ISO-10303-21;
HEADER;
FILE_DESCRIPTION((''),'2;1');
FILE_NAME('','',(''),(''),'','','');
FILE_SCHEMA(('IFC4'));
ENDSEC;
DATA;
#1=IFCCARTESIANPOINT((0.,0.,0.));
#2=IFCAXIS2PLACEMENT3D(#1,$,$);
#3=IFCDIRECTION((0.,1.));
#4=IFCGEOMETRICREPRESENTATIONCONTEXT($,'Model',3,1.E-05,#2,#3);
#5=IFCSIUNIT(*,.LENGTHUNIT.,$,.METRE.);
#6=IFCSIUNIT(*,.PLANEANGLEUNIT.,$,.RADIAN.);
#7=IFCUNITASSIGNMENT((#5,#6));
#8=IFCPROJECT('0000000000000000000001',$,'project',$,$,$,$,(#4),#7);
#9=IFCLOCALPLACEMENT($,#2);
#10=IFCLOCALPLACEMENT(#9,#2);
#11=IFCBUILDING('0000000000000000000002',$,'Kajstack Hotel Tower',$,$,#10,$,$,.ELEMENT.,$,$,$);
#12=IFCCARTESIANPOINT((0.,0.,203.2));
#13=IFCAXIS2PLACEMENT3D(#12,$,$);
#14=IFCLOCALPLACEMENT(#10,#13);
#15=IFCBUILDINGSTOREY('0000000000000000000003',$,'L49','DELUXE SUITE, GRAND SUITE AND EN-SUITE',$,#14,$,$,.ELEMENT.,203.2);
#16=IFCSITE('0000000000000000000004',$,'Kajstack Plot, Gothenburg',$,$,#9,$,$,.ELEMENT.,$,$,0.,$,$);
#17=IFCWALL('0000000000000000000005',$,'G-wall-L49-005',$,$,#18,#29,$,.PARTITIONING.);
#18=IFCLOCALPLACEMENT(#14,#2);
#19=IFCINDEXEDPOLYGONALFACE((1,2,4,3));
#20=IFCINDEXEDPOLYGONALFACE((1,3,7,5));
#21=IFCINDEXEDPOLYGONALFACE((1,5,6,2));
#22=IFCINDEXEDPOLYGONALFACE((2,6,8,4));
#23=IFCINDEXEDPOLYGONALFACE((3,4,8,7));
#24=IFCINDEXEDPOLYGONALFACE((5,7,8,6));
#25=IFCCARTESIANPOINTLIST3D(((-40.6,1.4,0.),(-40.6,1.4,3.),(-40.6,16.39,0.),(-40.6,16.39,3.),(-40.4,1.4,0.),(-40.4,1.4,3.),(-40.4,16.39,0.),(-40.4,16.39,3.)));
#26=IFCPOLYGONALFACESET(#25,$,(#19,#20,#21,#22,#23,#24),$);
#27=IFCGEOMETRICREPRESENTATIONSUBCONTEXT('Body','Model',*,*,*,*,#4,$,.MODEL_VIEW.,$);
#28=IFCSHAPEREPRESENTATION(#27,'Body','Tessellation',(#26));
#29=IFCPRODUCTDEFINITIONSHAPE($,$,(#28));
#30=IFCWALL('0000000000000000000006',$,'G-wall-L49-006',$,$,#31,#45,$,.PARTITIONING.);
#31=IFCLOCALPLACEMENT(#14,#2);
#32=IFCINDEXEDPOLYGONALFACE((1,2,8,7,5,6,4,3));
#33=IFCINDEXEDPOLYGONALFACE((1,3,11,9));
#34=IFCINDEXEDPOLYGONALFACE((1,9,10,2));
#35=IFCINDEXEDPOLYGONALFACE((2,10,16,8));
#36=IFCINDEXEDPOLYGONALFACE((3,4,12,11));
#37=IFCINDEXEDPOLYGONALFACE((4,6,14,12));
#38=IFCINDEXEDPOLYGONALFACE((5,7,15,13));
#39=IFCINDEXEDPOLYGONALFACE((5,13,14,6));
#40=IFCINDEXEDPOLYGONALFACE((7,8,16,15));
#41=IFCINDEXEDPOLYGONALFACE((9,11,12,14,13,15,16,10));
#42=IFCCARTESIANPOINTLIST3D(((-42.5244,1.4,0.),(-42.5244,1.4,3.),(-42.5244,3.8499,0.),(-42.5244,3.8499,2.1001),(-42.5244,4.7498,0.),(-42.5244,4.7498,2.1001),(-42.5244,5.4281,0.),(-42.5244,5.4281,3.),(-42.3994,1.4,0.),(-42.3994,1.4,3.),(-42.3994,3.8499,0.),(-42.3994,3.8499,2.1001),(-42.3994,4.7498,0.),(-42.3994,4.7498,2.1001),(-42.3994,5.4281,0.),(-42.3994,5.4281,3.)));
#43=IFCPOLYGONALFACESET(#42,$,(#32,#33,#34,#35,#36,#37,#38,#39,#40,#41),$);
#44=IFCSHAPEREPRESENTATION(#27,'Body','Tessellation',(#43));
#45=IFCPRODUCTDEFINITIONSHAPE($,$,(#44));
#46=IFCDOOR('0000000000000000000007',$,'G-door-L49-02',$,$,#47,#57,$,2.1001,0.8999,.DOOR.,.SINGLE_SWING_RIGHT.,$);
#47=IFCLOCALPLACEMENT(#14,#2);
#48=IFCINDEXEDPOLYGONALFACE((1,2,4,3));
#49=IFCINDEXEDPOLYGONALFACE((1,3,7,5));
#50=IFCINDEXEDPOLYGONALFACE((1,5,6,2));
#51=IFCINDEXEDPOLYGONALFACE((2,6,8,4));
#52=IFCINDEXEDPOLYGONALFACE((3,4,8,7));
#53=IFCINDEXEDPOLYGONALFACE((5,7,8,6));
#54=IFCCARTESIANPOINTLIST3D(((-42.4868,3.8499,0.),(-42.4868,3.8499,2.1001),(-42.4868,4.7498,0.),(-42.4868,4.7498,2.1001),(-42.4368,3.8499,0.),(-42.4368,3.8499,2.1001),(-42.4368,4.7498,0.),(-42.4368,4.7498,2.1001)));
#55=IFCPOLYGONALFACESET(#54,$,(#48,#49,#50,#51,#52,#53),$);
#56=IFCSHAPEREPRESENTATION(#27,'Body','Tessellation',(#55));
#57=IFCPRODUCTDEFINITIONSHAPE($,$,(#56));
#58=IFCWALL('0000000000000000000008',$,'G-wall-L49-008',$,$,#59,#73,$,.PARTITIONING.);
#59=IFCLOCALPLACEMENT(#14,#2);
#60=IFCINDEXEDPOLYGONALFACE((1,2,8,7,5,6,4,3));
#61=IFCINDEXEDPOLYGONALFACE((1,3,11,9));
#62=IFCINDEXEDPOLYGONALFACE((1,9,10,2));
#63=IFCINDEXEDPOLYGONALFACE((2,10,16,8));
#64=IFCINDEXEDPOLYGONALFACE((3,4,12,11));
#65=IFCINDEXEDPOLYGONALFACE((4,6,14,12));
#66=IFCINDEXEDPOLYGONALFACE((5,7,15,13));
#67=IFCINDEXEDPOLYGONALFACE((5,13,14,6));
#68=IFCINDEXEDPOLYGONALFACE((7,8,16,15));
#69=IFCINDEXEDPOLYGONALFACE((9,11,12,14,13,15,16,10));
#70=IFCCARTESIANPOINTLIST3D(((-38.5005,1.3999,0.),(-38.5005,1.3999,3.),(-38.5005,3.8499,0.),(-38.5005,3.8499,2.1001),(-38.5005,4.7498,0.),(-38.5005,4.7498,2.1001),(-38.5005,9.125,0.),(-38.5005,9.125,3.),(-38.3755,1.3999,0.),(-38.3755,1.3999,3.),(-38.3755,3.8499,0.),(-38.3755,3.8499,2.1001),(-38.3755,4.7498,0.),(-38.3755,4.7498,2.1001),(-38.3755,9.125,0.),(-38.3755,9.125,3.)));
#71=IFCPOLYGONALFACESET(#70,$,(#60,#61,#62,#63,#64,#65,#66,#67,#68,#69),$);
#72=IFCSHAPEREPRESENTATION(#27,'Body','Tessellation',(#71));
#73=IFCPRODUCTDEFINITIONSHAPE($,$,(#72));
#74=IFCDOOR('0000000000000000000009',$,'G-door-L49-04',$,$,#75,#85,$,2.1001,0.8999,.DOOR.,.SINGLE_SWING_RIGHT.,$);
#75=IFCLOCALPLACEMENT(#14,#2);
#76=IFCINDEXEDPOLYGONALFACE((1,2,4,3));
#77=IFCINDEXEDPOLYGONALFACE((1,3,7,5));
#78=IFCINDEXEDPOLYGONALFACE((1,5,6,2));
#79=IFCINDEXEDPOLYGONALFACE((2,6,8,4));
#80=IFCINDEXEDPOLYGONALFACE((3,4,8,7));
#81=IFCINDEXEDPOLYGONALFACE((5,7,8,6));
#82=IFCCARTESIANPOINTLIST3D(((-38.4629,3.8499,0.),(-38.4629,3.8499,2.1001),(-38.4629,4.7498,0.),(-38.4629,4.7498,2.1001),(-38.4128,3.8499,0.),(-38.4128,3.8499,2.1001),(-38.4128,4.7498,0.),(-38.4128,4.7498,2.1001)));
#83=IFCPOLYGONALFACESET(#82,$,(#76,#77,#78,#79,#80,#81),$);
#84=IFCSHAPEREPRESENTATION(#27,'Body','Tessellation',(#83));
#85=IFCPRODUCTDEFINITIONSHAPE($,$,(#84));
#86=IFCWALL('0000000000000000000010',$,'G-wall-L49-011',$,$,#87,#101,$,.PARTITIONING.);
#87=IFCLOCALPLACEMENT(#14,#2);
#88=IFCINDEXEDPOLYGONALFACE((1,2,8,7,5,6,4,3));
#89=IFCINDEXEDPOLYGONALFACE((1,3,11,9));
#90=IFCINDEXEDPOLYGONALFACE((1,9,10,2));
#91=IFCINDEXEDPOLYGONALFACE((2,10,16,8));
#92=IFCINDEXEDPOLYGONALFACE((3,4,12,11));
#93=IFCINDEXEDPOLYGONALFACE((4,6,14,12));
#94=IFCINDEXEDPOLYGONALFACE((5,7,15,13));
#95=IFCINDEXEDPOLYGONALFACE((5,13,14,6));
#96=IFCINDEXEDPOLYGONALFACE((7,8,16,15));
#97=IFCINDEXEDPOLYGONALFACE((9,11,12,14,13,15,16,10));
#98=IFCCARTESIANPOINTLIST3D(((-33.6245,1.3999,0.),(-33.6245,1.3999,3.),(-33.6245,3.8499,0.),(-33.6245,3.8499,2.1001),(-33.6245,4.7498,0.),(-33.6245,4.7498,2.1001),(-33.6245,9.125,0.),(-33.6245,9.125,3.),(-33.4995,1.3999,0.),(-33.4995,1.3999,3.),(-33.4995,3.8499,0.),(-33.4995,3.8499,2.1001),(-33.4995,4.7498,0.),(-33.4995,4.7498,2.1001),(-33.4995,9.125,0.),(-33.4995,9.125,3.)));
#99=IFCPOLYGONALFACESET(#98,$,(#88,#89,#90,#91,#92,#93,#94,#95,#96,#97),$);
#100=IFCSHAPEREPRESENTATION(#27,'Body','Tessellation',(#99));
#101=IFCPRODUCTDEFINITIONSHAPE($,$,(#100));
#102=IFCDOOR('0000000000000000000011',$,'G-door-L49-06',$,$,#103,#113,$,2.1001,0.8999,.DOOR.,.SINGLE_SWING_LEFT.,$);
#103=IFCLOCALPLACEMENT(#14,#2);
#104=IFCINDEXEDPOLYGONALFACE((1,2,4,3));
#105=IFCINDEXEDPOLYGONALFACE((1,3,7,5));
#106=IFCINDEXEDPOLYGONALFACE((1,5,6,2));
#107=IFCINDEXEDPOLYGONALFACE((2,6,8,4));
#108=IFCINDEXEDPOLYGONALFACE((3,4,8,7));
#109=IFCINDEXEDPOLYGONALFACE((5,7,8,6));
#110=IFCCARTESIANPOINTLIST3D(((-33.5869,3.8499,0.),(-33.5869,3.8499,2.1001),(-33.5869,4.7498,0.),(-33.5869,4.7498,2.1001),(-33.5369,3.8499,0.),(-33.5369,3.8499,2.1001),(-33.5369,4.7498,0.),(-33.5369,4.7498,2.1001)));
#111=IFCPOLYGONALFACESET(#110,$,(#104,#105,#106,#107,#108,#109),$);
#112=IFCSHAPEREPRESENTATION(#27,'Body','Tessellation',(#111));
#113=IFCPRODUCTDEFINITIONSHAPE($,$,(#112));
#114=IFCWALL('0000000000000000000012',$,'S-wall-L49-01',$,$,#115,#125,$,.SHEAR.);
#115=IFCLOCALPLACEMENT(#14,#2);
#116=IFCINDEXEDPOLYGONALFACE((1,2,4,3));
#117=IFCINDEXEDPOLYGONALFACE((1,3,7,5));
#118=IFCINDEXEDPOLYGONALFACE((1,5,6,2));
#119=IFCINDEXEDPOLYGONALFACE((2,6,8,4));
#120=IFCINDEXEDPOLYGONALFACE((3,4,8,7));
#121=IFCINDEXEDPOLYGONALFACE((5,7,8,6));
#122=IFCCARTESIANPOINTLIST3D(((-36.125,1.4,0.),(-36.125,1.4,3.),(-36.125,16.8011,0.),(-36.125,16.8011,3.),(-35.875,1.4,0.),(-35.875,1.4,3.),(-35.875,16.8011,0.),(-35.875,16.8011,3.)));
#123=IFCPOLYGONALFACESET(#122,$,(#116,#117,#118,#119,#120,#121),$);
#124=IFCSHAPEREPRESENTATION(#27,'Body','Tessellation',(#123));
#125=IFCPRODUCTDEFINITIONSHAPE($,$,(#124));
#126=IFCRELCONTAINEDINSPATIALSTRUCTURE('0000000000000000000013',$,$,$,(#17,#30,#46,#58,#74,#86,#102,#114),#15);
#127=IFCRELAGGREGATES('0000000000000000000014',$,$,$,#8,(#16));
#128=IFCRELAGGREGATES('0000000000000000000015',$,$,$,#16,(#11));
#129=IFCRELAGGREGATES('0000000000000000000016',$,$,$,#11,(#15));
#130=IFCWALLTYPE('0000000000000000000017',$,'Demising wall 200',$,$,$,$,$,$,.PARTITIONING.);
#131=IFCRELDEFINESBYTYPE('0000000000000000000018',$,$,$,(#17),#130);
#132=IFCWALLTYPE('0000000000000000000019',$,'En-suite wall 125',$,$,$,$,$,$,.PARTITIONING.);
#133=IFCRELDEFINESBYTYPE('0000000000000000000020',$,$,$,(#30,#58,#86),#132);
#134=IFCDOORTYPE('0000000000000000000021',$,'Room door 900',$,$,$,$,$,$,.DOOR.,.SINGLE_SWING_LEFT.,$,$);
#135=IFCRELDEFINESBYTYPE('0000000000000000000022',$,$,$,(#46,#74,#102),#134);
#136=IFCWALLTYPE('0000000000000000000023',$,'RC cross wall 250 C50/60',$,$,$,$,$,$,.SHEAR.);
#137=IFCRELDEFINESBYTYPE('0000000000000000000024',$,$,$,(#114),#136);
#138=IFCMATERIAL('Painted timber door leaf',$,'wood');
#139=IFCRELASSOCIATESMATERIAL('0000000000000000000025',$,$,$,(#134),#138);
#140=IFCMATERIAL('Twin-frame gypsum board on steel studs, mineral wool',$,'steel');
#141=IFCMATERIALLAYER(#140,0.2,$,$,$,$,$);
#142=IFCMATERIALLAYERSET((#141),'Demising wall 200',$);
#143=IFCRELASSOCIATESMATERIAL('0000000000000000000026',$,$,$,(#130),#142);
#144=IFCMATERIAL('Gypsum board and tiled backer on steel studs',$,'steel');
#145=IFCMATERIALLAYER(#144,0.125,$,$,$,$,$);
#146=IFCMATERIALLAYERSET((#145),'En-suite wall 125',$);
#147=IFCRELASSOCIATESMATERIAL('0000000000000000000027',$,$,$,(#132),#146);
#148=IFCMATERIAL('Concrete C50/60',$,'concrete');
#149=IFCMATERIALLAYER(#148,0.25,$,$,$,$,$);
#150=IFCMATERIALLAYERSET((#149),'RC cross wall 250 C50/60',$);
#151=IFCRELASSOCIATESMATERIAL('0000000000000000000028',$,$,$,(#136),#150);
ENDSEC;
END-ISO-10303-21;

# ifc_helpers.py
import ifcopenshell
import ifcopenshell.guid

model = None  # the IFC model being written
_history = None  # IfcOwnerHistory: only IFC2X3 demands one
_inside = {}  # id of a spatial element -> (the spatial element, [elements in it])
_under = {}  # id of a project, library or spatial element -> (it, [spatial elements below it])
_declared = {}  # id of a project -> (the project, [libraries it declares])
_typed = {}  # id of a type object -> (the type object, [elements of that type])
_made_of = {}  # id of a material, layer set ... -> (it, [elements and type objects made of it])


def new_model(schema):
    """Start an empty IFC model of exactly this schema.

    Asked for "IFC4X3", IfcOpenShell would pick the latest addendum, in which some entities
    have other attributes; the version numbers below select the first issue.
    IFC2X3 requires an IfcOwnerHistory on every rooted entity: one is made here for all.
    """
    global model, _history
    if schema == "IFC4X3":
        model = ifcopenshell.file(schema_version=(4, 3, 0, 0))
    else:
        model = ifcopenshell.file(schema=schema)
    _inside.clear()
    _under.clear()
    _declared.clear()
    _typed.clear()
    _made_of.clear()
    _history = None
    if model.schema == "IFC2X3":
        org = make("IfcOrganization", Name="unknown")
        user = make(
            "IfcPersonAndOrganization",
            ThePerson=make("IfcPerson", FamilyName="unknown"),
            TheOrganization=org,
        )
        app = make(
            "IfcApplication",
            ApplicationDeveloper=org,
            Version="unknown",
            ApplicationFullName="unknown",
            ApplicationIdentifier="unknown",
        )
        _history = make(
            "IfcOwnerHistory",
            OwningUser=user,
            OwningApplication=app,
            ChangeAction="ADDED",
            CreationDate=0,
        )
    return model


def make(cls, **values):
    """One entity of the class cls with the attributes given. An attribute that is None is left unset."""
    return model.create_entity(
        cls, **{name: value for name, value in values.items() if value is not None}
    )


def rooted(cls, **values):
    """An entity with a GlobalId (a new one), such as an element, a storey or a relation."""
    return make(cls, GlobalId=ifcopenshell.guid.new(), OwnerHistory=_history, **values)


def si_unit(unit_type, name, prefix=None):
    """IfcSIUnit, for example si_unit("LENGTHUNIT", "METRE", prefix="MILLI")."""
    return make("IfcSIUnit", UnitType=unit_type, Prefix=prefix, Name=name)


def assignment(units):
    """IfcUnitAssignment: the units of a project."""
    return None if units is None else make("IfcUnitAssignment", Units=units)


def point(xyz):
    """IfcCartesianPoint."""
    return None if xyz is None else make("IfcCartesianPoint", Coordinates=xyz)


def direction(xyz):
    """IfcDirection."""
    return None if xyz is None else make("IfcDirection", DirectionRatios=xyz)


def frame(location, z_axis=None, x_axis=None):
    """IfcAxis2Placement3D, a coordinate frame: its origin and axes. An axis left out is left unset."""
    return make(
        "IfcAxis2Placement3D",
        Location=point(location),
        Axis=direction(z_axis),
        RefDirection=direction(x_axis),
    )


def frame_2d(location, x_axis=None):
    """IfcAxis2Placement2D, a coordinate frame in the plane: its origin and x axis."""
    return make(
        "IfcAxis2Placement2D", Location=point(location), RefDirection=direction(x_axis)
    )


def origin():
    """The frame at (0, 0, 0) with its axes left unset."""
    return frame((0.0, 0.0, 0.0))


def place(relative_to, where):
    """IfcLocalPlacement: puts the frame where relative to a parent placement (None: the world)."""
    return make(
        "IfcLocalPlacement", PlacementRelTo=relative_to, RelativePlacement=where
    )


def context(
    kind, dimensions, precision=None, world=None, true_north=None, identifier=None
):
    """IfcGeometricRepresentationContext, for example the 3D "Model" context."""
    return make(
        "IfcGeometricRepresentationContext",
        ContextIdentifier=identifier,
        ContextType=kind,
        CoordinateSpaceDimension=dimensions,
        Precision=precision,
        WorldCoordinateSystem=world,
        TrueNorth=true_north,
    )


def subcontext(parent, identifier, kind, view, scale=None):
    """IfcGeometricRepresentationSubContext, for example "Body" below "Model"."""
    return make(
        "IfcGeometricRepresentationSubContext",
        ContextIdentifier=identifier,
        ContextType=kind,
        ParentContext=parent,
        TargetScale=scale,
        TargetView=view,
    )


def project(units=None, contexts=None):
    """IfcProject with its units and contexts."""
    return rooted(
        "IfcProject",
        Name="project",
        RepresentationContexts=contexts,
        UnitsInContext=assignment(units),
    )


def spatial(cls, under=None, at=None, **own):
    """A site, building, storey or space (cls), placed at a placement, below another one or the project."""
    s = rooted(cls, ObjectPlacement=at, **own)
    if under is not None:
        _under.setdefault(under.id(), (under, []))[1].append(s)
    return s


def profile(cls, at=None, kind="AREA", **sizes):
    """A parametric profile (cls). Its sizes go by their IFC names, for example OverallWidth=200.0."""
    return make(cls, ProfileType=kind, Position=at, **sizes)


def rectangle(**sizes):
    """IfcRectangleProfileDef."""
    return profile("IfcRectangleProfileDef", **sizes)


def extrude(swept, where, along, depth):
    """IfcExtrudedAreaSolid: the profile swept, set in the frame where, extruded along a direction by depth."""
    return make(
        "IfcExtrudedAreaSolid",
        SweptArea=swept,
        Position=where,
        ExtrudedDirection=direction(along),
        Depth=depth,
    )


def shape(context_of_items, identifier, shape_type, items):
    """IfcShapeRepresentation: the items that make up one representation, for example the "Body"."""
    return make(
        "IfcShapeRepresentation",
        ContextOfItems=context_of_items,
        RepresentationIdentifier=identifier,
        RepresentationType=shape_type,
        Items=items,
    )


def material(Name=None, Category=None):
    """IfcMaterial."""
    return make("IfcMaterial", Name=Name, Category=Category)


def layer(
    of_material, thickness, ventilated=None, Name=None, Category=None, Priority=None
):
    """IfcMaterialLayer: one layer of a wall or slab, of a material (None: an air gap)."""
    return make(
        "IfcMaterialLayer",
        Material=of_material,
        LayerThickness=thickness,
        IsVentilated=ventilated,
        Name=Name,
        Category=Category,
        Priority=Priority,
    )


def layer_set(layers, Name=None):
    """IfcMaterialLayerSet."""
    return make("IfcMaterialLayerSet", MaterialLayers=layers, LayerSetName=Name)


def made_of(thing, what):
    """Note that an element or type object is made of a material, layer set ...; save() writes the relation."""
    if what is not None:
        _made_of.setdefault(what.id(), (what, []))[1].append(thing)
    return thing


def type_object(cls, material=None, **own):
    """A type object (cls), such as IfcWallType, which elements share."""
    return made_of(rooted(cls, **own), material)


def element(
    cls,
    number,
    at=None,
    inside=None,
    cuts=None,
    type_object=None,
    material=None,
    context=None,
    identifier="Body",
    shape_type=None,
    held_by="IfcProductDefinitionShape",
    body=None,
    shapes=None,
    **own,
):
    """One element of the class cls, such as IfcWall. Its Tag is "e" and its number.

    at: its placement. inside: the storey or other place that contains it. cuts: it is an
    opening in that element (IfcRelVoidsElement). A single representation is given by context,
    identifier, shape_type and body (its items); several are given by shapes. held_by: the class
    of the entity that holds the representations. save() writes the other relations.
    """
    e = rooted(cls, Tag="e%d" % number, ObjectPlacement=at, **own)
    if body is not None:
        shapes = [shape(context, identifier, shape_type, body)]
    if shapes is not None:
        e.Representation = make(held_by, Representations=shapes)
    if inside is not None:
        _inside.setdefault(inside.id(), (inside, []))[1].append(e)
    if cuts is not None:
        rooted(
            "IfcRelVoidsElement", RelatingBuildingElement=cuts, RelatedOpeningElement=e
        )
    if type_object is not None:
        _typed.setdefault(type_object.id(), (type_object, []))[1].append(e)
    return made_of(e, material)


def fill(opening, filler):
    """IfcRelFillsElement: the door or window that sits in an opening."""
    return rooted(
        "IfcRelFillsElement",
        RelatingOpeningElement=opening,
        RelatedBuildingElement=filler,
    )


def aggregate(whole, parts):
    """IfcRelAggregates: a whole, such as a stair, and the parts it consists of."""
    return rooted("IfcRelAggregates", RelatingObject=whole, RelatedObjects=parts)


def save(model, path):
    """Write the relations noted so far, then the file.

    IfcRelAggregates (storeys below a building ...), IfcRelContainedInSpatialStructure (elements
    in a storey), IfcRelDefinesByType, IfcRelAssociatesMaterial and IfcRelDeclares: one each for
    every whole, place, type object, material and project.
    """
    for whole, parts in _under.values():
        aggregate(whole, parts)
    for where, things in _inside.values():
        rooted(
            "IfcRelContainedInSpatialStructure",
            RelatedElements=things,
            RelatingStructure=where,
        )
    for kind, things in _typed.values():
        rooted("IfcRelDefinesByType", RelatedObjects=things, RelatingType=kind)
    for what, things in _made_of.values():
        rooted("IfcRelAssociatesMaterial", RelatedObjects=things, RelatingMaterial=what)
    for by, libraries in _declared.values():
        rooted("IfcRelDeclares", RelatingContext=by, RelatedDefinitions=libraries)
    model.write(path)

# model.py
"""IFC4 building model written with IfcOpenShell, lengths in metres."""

from ifc_helpers import new_model, si_unit, direction, frame, frame_2d, origin, place, context, subcontext, project, spatial, rectangle, extrude, material, layer, layer_set, type_object, element, fill, save


model = new_model("IFC4")

# Units and contexts
model_context = context("Model", 3, precision=1e-05, world=origin(), true_north=direction((0.0, 1.0)))
body_context = subcontext(model_context, "Body", "Model", "MODEL_VIEW")
ifc_project = project(units=[si_unit("LENGTHUNIT", "METRE"), si_unit("PLANEANGLEUNIT", "RADIAN")], contexts=[model_context])

# Site, building, storey
site_placement = place(None, origin())
site = spatial("IfcSite", under=ifc_project, at=site_placement, Name="Kajstack Plot, Gothenburg", CompositionType="ELEMENT", RefElevation=0.0)
building_placement = place(site_placement, origin())
building = spatial("IfcBuilding", under=site, at=building_placement, Name="Kajstack Hotel Tower", CompositionType="ELEMENT")
storey_placement = place(building_placement, frame((0.0, 0.0, 203.2)))
storey = spatial("IfcBuildingStorey", under=building, at=storey_placement, Name="L49", Description="DELUXE SUITE, GRAND SUITE AND EN-SUITE", CompositionType="ELEMENT", Elevation=203.2)

# Shared definitions
ifc_material_1 = material(Name="Painted timber door leaf", Category="wood")
door_type_1 = type_object("IfcDoorType", Name="Room door 900", OperationType="SINGLE_SWING_LEFT", PredefinedType="DOOR", material=ifc_material_1)

# Wall
ifc_material_2 = material(Name="Twin-frame gypsum board on steel studs, mineral wool", Category="steel")
ifc_layer_1 = layer(ifc_material_2, 0.2)
ifc_layer_set_1 = layer_set([ifc_layer_1], Name="Demising wall 200")
wall_type_1 = type_object("IfcWallType", Name="Demising wall 200", PredefinedType="PARTITIONING", material=ifc_layer_set_1)
wall_1_placement = place(storey_placement, frame((-40.5, 1.3999, 0.0), z_axis=(0.0, 0.0, 1.0), x_axis=(0.0, 1.0, 0.0)))
element("IfcWall", 1, at=wall_1_placement, inside=storey, type_object=wall_type_1, Name="G-wall-L49-005", PredefinedType="PARTITIONING", context=body_context, shape_type="SweptSolid", body=[
    extrude(rectangle(XDim=14.99, YDim=0.2, at=frame_2d((7.4951, 0.0))), origin(), (0.0, 0.0, 1.0), 3.0),
])

# Walls, openings, doors
ifc_material_3 = material(Name="Gypsum board and tiled backer on steel studs", Category="steel")
ifc_layer_2 = layer(ifc_material_3, 0.125)
ifc_layer_set_2 = layer_set([ifc_layer_2], Name="En-suite wall 125")
wall_type_2 = type_object("IfcWallType", Name="En-suite wall 125", PredefinedType="PARTITIONING", material=ifc_layer_set_2)
wall_2_placement = place(storey_placement, frame((-42.4619, 1.3999, 0.0), z_axis=(0.0, 0.0, 1.0), x_axis=(0.0, 1.0, 0.0)))
wall_2 = element("IfcWall", 2, at=wall_2_placement, inside=storey, type_object=wall_type_2, Name="G-wall-L49-006", PredefinedType="PARTITIONING", context=body_context, shape_type="SweptSolid", body=[
    extrude(rectangle(XDim=4.0281, YDim=0.125, at=frame_2d((2.0142, 0.0))), origin(), (0.0, 0.0, 1.0), 3.0),
])
opening_1_placement = place(wall_2_placement, frame((2.45, 0.0, 0.0)))
opening_1 = element("IfcOpeningElement", 3, at=opening_1_placement, cuts=wall_2, PredefinedType="OPENING", context=body_context, shape_type="SweptSolid", body=[
    extrude(rectangle(XDim=0.8999, YDim=2.1001, at=frame_2d((0.45, 1.05))), frame((0.0, 0.0725, 0.0), z_axis=(0.0, -1.0, 0.0), x_axis=(1.0, 0.0, 0.0)), (0.0, 0.0, 1.0), 0.145),
])
door_1_placement = place(opening_1_placement, origin())
door_1 = element("IfcDoor", 4, at=door_1_placement, inside=storey, type_object=door_type_1, Name="G-door-L49-02", OperationType="SINGLE_SWING_RIGHT", OverallHeight=2.1001, OverallWidth=0.8999, PredefinedType="DOOR", context=body_context, shape_type="SweptSolid", body=[
    extrude(rectangle(XDim=0.8999, YDim=2.1001, at=frame_2d((0.45, 1.05))), frame((0.0, 0.0249, 0.0), z_axis=(0.0, -1.0, 0.0), x_axis=(1.0, 0.0, 0.0)), (0.0, 0.0, 1.0), 0.05),
])
fill(opening_1, door_1)
wall_3_placement = place(storey_placement, frame((-38.438, 1.3999, 0.0), z_axis=(0.0, 0.0, 1.0), x_axis=(0.0, 1.0, 0.0)))
wall_3 = element("IfcWall", 5, at=wall_3_placement, inside=storey, type_object=wall_type_2, Name="G-wall-L49-008", PredefinedType="PARTITIONING", context=body_context, shape_type="SweptSolid", body=[
    extrude(rectangle(XDim=7.7251, YDim=0.125, at=frame_2d((3.8625, 0.0))), origin(), (0.0, 0.0, 1.0), 3.0),
])
opening_2_placement = place(wall_3_placement, frame((2.45, 0.0, 0.0)))
opening_2 = element("IfcOpeningElement", 6, at=opening_2_placement, cuts=wall_3, PredefinedType="OPENING", context=body_context, shape_type="SweptSolid", body=[
    extrude(rectangle(XDim=0.8999, YDim=2.1001, at=frame_2d((0.45, 1.05))), frame((0.0, 0.0725, 0.0), z_axis=(0.0, -1.0, 0.0), x_axis=(1.0, 0.0, 0.0)), (0.0, 0.0, 1.0), 0.145),
])
door_2_placement = place(opening_2_placement, origin())
door_2 = element("IfcDoor", 7, at=door_2_placement, inside=storey, type_object=door_type_1, Name="G-door-L49-04", OperationType="SINGLE_SWING_RIGHT", OverallHeight=2.1001, OverallWidth=0.8999, PredefinedType="DOOR", context=body_context, shape_type="SweptSolid", body=[
    extrude(rectangle(XDim=0.8999, YDim=2.1001, at=frame_2d((0.45, 1.05))), frame((0.0, 0.0249, 0.0), z_axis=(0.0, -1.0, 0.0), x_axis=(1.0, 0.0, 0.0)), (0.0, 0.0, 1.0), 0.05),
])
fill(opening_2, door_2)
wall_4_placement = place(storey_placement, frame((-33.562, 1.3999, 0.0), z_axis=(0.0, 0.0, 1.0), x_axis=(0.0, 1.0, 0.0)))
wall_4 = element("IfcWall", 8, at=wall_4_placement, inside=storey, type_object=wall_type_2, Name="G-wall-L49-011", PredefinedType="PARTITIONING", context=body_context, shape_type="SweptSolid", body=[
    extrude(rectangle(XDim=7.7251, YDim=0.125, at=frame_2d((3.8625, 0.0))), origin(), (0.0, 0.0, 1.0), 3.0),
])
opening_3_placement = place(wall_4_placement, frame((2.45, 0.0, 0.0)))
opening_3 = element("IfcOpeningElement", 9, at=opening_3_placement, cuts=wall_4, PredefinedType="OPENING", context=body_context, shape_type="SweptSolid", body=[
    extrude(rectangle(XDim=0.8999, YDim=2.1001, at=frame_2d((0.45, 1.05))), frame((0.0, 0.0725, 0.0), z_axis=(0.0, -1.0, 0.0), x_axis=(1.0, 0.0, 0.0)), (0.0, 0.0, 1.0), 0.145),
])
door_3_placement = place(opening_3_placement, origin())
door_3 = element("IfcDoor", 10, at=door_3_placement, inside=storey, type_object=door_type_1, Name="G-door-L49-06", OperationType="SINGLE_SWING_LEFT", OverallHeight=2.1001, OverallWidth=0.8999, PredefinedType="DOOR", context=body_context, shape_type="SweptSolid", body=[
    extrude(rectangle(XDim=0.8999, YDim=2.1001, at=frame_2d((0.45, 1.05))), frame((0.0, 0.0249, 0.0), z_axis=(0.0, -1.0, 0.0), x_axis=(1.0, 0.0, 0.0)), (0.0, 0.0, 1.0), 0.05),
])
fill(opening_3, door_3)

# Wall
ifc_material_4 = material(Name="Concrete C50/60", Category="concrete")
ifc_layer_3 = layer(ifc_material_4, 0.25)
ifc_layer_set_3 = layer_set([ifc_layer_3], Name="RC cross wall 250 C50/60")
wall_type_3 = type_object("IfcWallType", Name="RC cross wall 250 C50/60", PredefinedType="SHEAR", material=ifc_layer_set_3)
wall_5_placement = place(storey_placement, frame((-36.0, 1.3999, 0.0), z_axis=(0.0, 0.0, 1.0), x_axis=(0.0, 1.0, 0.0)))
element("IfcWall", 11, at=wall_5_placement, inside=storey, type_object=wall_type_3, Name="S-wall-L49-01", PredefinedType="SHEAR", context=body_context, shape_type="SweptSolid", body=[
    extrude(rectangle(XDim=15.4011, YDim=0.25, at=frame_2d((7.7007, 0.0))), origin(), (0.0, 0.0, 1.0), 3.0),
])

save(model, "model.ifc")
